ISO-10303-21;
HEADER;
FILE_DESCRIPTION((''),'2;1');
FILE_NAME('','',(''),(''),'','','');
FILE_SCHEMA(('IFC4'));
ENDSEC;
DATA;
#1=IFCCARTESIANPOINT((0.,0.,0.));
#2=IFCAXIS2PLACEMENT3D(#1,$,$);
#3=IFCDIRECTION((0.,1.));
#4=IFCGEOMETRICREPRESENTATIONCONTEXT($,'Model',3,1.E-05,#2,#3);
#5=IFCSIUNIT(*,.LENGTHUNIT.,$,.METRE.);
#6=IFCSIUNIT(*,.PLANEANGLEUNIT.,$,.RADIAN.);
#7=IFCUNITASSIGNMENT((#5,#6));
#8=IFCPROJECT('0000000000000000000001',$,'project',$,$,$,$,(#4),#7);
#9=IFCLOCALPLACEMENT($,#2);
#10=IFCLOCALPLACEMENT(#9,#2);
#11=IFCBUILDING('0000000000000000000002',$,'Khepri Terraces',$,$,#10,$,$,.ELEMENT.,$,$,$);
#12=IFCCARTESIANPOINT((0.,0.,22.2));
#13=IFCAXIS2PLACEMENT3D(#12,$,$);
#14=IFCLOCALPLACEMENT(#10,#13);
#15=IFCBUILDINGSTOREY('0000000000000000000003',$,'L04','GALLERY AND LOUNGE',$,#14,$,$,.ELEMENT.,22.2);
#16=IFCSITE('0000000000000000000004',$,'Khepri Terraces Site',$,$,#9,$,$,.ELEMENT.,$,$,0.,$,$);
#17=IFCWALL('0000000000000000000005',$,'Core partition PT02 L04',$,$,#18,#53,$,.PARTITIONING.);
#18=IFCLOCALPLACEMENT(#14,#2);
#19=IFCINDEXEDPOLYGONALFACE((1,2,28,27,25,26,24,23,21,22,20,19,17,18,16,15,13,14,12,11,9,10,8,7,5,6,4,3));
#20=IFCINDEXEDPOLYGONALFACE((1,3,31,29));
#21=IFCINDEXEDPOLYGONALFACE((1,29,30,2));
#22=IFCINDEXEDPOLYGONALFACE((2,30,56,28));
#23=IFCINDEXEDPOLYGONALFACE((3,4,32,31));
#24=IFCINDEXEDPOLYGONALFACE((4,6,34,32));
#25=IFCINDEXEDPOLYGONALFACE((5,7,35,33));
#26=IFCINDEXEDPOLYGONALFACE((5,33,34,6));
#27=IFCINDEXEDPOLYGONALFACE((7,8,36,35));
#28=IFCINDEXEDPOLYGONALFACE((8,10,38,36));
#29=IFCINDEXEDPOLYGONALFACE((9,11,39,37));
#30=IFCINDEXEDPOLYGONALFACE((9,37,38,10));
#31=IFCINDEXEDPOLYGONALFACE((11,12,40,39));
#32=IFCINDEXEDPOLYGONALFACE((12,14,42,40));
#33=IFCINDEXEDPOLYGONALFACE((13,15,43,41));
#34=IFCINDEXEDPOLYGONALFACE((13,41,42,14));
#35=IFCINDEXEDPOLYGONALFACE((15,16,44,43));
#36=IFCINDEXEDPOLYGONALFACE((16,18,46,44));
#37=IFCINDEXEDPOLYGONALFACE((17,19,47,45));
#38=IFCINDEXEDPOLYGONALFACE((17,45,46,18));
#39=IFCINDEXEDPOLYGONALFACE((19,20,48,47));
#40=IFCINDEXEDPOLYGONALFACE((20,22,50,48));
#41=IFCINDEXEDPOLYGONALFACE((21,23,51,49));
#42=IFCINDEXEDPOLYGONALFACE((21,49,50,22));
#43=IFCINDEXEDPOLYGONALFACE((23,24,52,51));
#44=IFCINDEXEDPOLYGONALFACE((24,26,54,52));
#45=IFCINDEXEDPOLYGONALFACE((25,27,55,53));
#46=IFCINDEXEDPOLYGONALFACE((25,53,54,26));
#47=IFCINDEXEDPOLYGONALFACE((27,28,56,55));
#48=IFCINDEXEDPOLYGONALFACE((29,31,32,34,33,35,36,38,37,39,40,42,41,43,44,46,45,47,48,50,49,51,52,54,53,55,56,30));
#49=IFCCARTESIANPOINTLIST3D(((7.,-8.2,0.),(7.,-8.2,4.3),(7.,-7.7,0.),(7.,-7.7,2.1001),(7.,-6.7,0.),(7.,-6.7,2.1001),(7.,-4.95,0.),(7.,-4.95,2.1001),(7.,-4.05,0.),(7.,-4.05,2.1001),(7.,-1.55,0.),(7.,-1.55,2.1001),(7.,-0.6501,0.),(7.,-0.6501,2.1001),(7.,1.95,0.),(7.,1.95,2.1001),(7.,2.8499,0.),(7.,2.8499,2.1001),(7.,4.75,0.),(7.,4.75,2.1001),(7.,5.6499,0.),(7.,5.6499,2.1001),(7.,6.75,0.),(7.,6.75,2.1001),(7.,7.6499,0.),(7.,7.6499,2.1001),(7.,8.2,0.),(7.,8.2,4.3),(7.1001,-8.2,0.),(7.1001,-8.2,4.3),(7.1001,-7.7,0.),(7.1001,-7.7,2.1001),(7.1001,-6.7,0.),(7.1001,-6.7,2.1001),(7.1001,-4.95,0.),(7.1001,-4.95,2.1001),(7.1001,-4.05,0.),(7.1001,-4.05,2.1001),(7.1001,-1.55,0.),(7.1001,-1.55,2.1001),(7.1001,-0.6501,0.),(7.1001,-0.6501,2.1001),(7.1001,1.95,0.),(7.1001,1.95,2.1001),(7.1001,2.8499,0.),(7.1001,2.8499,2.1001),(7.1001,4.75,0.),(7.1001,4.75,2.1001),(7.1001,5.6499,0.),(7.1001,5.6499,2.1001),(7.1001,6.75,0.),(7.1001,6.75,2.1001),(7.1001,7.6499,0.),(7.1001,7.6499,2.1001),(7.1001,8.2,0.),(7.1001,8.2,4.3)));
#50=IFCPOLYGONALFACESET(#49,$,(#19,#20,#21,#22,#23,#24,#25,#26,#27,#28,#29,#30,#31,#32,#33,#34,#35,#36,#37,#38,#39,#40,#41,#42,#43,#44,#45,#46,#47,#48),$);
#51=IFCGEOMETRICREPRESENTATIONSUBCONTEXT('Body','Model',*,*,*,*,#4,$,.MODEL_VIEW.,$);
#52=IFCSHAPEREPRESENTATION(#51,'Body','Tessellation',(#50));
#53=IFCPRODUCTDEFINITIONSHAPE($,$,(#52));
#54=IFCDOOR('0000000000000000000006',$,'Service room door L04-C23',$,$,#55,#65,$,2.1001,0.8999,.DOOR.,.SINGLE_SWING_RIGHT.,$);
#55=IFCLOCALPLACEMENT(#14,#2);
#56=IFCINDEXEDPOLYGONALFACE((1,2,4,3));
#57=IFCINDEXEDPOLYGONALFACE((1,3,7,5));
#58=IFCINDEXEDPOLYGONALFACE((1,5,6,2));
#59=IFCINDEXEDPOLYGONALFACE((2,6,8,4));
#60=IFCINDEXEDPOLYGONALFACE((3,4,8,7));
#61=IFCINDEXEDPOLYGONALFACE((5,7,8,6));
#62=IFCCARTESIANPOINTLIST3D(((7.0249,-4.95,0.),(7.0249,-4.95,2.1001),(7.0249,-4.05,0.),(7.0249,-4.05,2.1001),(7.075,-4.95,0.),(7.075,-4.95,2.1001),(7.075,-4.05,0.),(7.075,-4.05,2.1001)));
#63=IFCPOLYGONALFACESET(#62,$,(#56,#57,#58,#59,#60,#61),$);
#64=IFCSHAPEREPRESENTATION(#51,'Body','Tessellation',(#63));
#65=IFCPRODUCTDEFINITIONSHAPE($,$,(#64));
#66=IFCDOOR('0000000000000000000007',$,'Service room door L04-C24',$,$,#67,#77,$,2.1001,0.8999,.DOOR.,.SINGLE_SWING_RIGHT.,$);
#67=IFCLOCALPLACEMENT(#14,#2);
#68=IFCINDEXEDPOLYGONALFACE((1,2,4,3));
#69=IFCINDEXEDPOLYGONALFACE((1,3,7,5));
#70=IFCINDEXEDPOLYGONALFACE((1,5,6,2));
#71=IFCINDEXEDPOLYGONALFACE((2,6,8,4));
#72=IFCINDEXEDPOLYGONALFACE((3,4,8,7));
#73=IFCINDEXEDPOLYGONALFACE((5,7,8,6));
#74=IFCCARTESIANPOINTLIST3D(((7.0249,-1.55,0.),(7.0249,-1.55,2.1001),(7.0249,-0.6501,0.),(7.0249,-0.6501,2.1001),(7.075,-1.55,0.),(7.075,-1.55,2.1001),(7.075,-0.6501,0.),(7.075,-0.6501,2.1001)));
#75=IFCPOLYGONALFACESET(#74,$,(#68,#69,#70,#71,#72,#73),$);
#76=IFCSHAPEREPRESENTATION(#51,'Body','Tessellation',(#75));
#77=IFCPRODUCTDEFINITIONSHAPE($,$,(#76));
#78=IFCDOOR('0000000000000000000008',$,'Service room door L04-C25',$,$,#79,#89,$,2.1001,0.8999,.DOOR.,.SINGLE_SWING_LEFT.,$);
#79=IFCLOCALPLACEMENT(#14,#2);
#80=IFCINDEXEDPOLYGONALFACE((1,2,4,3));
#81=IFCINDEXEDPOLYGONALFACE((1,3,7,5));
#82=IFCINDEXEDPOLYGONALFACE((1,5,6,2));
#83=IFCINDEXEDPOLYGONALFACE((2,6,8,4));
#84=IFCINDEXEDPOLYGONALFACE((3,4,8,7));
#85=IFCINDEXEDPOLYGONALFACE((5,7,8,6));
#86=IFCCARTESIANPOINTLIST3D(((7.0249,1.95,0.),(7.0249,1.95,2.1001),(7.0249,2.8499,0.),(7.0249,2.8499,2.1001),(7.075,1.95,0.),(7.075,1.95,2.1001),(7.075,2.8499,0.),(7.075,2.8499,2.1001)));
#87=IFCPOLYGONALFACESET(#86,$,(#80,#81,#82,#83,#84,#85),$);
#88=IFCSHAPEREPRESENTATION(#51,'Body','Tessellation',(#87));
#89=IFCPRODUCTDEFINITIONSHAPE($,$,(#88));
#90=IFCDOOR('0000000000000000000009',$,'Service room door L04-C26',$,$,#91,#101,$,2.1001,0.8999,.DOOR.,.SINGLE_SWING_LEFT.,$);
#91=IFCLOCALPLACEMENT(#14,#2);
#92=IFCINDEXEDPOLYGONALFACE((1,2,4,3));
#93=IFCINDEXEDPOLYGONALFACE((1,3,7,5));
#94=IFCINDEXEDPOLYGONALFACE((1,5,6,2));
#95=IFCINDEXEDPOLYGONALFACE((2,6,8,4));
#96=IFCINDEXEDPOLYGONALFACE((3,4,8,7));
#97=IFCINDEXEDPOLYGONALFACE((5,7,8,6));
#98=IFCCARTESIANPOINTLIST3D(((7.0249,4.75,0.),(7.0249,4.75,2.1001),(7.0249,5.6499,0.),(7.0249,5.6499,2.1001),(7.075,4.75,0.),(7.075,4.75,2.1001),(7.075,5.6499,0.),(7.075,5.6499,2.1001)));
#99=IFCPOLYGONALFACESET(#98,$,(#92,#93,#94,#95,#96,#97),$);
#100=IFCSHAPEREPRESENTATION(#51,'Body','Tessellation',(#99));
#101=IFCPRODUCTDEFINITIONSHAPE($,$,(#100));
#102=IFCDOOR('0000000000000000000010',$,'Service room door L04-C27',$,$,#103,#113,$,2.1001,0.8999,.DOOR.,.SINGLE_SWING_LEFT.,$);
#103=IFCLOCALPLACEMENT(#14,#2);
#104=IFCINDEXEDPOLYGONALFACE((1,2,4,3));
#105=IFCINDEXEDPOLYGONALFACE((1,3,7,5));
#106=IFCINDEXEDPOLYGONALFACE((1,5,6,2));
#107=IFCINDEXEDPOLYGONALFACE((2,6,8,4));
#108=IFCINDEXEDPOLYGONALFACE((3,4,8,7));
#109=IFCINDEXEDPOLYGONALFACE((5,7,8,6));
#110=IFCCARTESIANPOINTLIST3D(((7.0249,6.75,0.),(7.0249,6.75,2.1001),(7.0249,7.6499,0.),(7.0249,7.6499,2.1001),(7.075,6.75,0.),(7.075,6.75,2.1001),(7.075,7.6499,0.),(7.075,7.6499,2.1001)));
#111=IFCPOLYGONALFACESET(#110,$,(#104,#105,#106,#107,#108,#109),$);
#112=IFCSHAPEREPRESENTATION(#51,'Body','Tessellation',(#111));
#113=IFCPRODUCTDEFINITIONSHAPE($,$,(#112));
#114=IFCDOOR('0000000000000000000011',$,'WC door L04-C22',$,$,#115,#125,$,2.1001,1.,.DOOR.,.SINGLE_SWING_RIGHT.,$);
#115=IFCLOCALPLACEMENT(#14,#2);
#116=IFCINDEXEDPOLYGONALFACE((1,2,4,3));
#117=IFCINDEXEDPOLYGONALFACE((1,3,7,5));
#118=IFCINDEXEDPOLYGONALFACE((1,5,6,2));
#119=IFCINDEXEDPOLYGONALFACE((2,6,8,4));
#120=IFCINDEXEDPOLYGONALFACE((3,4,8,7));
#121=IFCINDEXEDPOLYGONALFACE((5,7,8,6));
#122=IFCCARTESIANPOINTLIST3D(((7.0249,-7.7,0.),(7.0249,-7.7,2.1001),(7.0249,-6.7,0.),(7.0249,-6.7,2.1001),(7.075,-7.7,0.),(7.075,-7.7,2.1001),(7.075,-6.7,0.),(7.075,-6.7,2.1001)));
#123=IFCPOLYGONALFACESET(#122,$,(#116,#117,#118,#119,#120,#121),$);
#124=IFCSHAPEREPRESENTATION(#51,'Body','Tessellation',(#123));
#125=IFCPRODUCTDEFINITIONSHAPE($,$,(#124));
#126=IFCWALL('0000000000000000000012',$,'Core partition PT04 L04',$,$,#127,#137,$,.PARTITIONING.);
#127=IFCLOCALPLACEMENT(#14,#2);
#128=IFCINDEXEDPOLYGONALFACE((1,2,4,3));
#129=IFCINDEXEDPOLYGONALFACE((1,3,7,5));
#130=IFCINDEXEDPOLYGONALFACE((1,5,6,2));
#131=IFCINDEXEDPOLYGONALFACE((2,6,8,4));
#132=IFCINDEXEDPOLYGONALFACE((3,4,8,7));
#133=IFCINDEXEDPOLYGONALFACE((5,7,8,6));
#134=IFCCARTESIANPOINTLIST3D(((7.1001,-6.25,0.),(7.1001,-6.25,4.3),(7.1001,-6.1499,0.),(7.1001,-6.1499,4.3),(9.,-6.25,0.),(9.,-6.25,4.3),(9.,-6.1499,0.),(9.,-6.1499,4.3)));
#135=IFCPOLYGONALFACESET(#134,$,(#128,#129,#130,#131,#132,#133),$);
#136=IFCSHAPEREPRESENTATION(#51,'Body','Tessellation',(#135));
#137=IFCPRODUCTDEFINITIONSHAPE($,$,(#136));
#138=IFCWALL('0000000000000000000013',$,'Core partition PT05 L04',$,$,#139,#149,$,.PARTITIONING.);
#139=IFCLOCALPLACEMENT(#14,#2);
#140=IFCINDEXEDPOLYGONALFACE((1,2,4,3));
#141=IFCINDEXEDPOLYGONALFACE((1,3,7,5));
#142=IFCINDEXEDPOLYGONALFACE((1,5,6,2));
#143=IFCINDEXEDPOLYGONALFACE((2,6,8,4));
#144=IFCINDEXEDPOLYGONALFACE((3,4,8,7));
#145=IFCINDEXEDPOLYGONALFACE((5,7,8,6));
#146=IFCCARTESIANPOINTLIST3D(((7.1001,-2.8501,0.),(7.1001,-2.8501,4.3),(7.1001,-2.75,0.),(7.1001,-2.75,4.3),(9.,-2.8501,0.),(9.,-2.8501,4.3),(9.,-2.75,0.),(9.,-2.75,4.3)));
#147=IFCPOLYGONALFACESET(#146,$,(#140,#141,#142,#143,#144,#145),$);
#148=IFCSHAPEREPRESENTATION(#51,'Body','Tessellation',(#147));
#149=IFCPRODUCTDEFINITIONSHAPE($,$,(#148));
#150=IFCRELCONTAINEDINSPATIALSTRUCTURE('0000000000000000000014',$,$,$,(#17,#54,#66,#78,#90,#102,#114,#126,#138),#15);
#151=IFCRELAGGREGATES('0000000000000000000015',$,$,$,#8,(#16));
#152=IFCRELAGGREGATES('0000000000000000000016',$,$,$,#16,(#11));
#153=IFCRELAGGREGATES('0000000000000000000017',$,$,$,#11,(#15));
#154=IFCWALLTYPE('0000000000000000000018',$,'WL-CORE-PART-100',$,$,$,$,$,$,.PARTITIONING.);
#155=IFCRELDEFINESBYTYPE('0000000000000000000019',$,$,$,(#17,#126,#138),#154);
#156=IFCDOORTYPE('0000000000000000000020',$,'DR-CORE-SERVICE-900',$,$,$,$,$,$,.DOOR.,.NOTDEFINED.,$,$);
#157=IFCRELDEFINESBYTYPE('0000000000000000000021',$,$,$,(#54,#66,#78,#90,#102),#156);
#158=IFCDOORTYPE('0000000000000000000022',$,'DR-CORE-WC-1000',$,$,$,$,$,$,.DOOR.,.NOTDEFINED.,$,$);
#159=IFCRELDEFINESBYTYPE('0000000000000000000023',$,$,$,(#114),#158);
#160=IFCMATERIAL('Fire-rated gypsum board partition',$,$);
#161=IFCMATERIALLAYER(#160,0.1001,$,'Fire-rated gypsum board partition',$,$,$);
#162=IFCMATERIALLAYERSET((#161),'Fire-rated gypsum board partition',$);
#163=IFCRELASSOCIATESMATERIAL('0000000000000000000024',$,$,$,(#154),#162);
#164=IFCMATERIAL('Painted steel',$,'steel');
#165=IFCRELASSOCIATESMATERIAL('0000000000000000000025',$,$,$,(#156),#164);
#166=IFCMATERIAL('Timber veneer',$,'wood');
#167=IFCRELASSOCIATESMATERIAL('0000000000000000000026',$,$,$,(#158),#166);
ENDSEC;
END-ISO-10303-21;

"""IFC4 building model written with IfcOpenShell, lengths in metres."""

from ifc_helpers import new_model, si_unit, direction, frame, frame_2d, origin, place, context, subcontext, project, spatial, rectangle, extrude, material, layer, layer_set, type_object, element, fill, save


model = new_model("IFC4")

# Units and contexts
model_context = context("Model", 3, precision=1e-05, world=origin(), true_north=direction((0.0, 1.0)))
body_context = subcontext(model_context, "Body", "Model", "MODEL_VIEW")
ifc_project = project(units=[si_unit("LENGTHUNIT", "METRE"), si_unit("PLANEANGLEUNIT", "RADIAN")], contexts=[model_context])

# Site, building, storey
site_placement = place(None, origin())
site = spatial("IfcSite", under=ifc_project, at=site_placement, Name="Khepri Terraces Site", CompositionType="ELEMENT", RefElevation=0.0)
building_placement = place(site_placement, origin())
building = spatial("IfcBuilding", under=site, at=building_placement, Name="Khepri Terraces", CompositionType="ELEMENT")
storey_placement = place(building_placement, frame((0.0, 0.0, 22.2)))
storey = spatial("IfcBuildingStorey", under=building, at=storey_placement, Name="L04", Description="GALLERY AND LOUNGE", CompositionType="ELEMENT", Elevation=22.2)

# Wall, openings, doors
ifc_material_1 = material(Name="Fire-rated gypsum board partition")
ifc_layer_1 = layer(ifc_material_1, 0.1001, Name="Fire-rated gypsum board partition")
ifc_layer_set_1 = layer_set([ifc_layer_1], Name="Fire-rated gypsum board partition")
wall_type_1 = type_object("IfcWallType", Name="WL-CORE-PART-100", PredefinedType="PARTITIONING", material=ifc_layer_set_1)
wall_1_placement = place(storey_placement, frame((7.05, -8.2, 0.0), z_axis=(0.0, 0.0, 1.0), x_axis=(0.0, 1.0, 0.0)))
wall_1 = element("IfcWall", 1, at=wall_1_placement, inside=storey, type_object=wall_type_1, Name="Core partition PT02 L04", PredefinedType="PARTITIONING", context=body_context, shape_type="SweptSolid", body=[
    extrude(rectangle(XDim=16.3999, YDim=0.1001, at=frame_2d((8.2, 0.0))), origin(), (0.0, 0.0, 1.0), 4.3),
])
opening_1_placement = place(wall_1_placement, frame((0.5, 0.0, 0.0)))
opening_1 = element("IfcOpeningElement", 2, at=opening_1_placement, cuts=wall_1, PredefinedType="OPENING", context=body_context, shape_type="SweptSolid", body=[
    extrude(rectangle(XDim=1.0, YDim=2.1001, at=frame_2d((0.5, 1.05))), frame((0.0, 0.0601, 0.0), z_axis=(0.0, -1.0, 0.0), x_axis=(1.0, 0.0, 0.0)), (0.0, 0.0, 1.0), 0.1201),
])
opening_2_placement = place(wall_1_placement, frame((3.25, 0.0, 0.0)))
opening_2 = element("IfcOpeningElement", 3, at=opening_2_placement, cuts=wall_1, PredefinedType="OPENING", context=body_context, shape_type="SweptSolid", body=[
    extrude(rectangle(XDim=0.8999, YDim=2.1001, at=frame_2d((0.45, 1.05))), frame((0.0, 0.0601, 0.0), z_axis=(0.0, -1.0, 0.0), x_axis=(1.0, 0.0, 0.0)), (0.0, 0.0, 1.0), 0.1201),
])
opening_3_placement = place(wall_1_placement, frame((6.6499, 0.0, 0.0)))
opening_3 = element("IfcOpeningElement", 4, at=opening_3_placement, cuts=wall_1, PredefinedType="OPENING", context=body_context, shape_type="SweptSolid", body=[
    extrude(rectangle(XDim=0.8999, YDim=2.1001, at=frame_2d((0.45, 1.05))), frame((0.0, 0.0601, 0.0), z_axis=(0.0, -1.0, 0.0), x_axis=(1.0, 0.0, 0.0)), (0.0, 0.0, 1.0), 0.1201),
])
opening_4_placement = place(wall_1_placement, frame((10.1499, 0.0, 0.0)))
opening_4 = element("IfcOpeningElement", 5, at=opening_4_placement, cuts=wall_1, PredefinedType="OPENING", context=body_context, shape_type="SweptSolid", body=[
    extrude(rectangle(XDim=0.8999, YDim=2.1001, at=frame_2d((0.45, 1.05))), frame((0.0, 0.0601, 0.0), z_axis=(0.0, -1.0, 0.0), x_axis=(1.0, 0.0, 0.0)), (0.0, 0.0, 1.0), 0.1201),
])
opening_5_placement = place(wall_1_placement, frame((12.95, 0.0, 0.0)))
opening_5 = element("IfcOpeningElement", 6, at=opening_5_placement, cuts=wall_1, PredefinedType="OPENING", context=body_context, shape_type="SweptSolid", body=[
    extrude(rectangle(XDim=0.8999, YDim=2.1001, at=frame_2d((0.45, 1.05))), frame((0.0, 0.0601, 0.0), z_axis=(0.0, -1.0, 0.0), x_axis=(1.0, 0.0, 0.0)), (0.0, 0.0, 1.0), 0.1201),
])
opening_6_placement = place(wall_1_placement, frame((14.95, 0.0, 0.0)))
opening_6 = element("IfcOpeningElement", 7, at=opening_6_placement, cuts=wall_1, PredefinedType="OPENING", context=body_context, shape_type="SweptSolid", body=[
    extrude(rectangle(XDim=0.8999, YDim=2.1001, at=frame_2d((0.45, 1.05))), frame((0.0, 0.0601, 0.0), z_axis=(0.0, -1.0, 0.0), x_axis=(1.0, 0.0, 0.0)), (0.0, 0.0, 1.0), 0.1201),
])
ifc_material_2 = material(Name="Painted steel", Category="steel")
door_type_1 = type_object("IfcDoorType", Name="DR-CORE-SERVICE-900", OperationType="NOTDEFINED", PredefinedType="DOOR", material=ifc_material_2)
door_1_placement = place(opening_2_placement, frame((0.8999, 0.0, 0.0), z_axis=(0.0, 0.0, 1.0), x_axis=(-1.0, 0.0, 0.0)))
door_1 = element("IfcDoor", 8, at=door_1_placement, inside=storey, type_object=door_type_1, Name="Service room door L04-C23", OperationType="SINGLE_SWING_RIGHT", OverallHeight=2.1001, OverallWidth=0.8999, PredefinedType="DOOR", context=body_context, shape_type="SweptSolid", body=[
    extrude(rectangle(XDim=0.8999, YDim=2.1001, at=frame_2d((0.45, 1.05))), frame((0.0, 0.0249, 0.0), z_axis=(0.0, -1.0, 0.0), x_axis=(1.0, 0.0, 0.0)), (0.0, 0.0, 1.0), 0.05),
])
fill(opening_2, door_1)
door_2_placement = place(opening_3_placement, frame((0.8999, 0.0, 0.0), z_axis=(0.0, 0.0, 1.0), x_axis=(-1.0, 0.0, 0.0)))
door_2 = element("IfcDoor", 9, at=door_2_placement, inside=storey, type_object=door_type_1, Name="Service room door L04-C24", OperationType="SINGLE_SWING_RIGHT", OverallHeight=2.1001, OverallWidth=0.8999, PredefinedType="DOOR", context=body_context, shape_type="SweptSolid", body=[
    extrude(rectangle(XDim=0.8999, YDim=2.1001, at=frame_2d((0.45, 1.05))), frame((0.0, 0.0249, 0.0), z_axis=(0.0, -1.0, 0.0), x_axis=(1.0, 0.0, 0.0)), (0.0, 0.0, 1.0), 0.05),
])
fill(opening_3, door_2)
door_3_placement = place(opening_4_placement, frame((0.8999, 0.0, 0.0), z_axis=(0.0, 0.0, 1.0), x_axis=(-1.0, 0.0, 0.0)))
door_3 = element("IfcDoor", 10, at=door_3_placement, inside=storey, type_object=door_type_1, Name="Service room door L04-C25", OperationType="SINGLE_SWING_LEFT", OverallHeight=2.1001, OverallWidth=0.8999, PredefinedType="DOOR", context=body_context, shape_type="SweptSolid", body=[
    extrude(rectangle(XDim=0.8999, YDim=2.1001, at=frame_2d((0.45, 1.05))), frame((0.0, 0.0249, 0.0), z_axis=(0.0, -1.0, 0.0), x_axis=(1.0, 0.0, 0.0)), (0.0, 0.0, 1.0), 0.05),
])
fill(opening_4, door_3)
door_4_placement = place(opening_5_placement, frame((0.8999, 0.0, 0.0), z_axis=(0.0, 0.0, 1.0), x_axis=(-1.0, 0.0, 0.0)))
door_4 = element("IfcDoor", 11, at=door_4_placement, inside=storey, type_object=door_type_1, Name="Service room door L04-C26", OperationType="SINGLE_SWING_LEFT", OverallHeight=2.1001, OverallWidth=0.8999, PredefinedType="DOOR", context=body_context, shape_type="SweptSolid", body=[
    extrude(rectangle(XDim=0.8999, YDim=2.1001, at=frame_2d((0.45, 1.05))), frame((0.0, 0.0249, 0.0), z_axis=(0.0, -1.0, 0.0), x_axis=(1.0, 0.0, 0.0)), (0.0, 0.0, 1.0), 0.05),
])
fill(opening_5, door_4)
door_5_placement = place(opening_6_placement, frame((0.8999, 0.0, 0.0), z_axis=(0.0, 0.0, 1.0), x_axis=(-1.0, 0.0, 0.0)))
door_5 = element("IfcDoor", 12, at=door_5_placement, inside=storey, type_object=door_type_1, Name="Service room door L04-C27", OperationType="SINGLE_SWING_LEFT", OverallHeight=2.1001, OverallWidth=0.8999, PredefinedType="DOOR", context=body_context, shape_type="SweptSolid", body=[
    extrude(rectangle(XDim=0.8999, YDim=2.1001, at=frame_2d((0.45, 1.05))), frame((0.0, 0.0249, 0.0), z_axis=(0.0, -1.0, 0.0), x_axis=(1.0, 0.0, 0.0)), (0.0, 0.0, 1.0), 0.05),
])
fill(opening_6, door_5)
ifc_material_3 = material(Name="Timber veneer", Category="wood")
door_type_2 = type_object("IfcDoorType", Name="DR-CORE-WC-1000", OperationType="NOTDEFINED", PredefinedType="DOOR", material=ifc_material_3)
door_6_placement = place(opening_1_placement, frame((1.0, 0.0, 0.0), z_axis=(0.0, 0.0, 1.0), x_axis=(-1.0, 0.0, 0.0)))
door_6 = element("IfcDoor", 13, at=door_6_placement, inside=storey, type_object=door_type_2, Name="WC door L04-C22", OperationType="SINGLE_SWING_RIGHT", OverallHeight=2.1001, OverallWidth=1.0, PredefinedType="DOOR", context=body_context, shape_type="SweptSolid", body=[
    extrude(rectangle(XDim=1.0, YDim=2.1001, at=frame_2d((0.5, 1.05))), frame((0.0, 0.0249, 0.0), z_axis=(0.0, -1.0, 0.0), x_axis=(1.0, 0.0, 0.0)), (0.0, 0.0, 1.0), 0.05),
])
fill(opening_1, door_6)

# Walls
for number, where, z_axis, x_axis, name in (
    (14, (7.1001, -6.2, 0.0), (0.0, 0.0, 1.0), (1.0, 0.0, 0.0), "Core partition PT04 L04"),
    (15, (7.1001, -2.8, 0.0), (0.0, 0.0, 1.0), (1.0, 0.0, 0.0), "Core partition PT05 L04"),
):
    element("IfcWall", number, at=place(storey_placement, frame(where, z_axis=z_axis, x_axis=x_axis)), inside=storey, type_object=wall_type_1, Name=name, PredefinedType="PARTITIONING", context=body_context, shape_type="SweptSolid", body=[
        extrude(rectangle(XDim=1.8999, YDim=0.1001, at=frame_2d((0.95, 0.0))), origin(), (0.0, 0.0, 1.0), 4.3),
    ])

save(model, "model.ifc")
